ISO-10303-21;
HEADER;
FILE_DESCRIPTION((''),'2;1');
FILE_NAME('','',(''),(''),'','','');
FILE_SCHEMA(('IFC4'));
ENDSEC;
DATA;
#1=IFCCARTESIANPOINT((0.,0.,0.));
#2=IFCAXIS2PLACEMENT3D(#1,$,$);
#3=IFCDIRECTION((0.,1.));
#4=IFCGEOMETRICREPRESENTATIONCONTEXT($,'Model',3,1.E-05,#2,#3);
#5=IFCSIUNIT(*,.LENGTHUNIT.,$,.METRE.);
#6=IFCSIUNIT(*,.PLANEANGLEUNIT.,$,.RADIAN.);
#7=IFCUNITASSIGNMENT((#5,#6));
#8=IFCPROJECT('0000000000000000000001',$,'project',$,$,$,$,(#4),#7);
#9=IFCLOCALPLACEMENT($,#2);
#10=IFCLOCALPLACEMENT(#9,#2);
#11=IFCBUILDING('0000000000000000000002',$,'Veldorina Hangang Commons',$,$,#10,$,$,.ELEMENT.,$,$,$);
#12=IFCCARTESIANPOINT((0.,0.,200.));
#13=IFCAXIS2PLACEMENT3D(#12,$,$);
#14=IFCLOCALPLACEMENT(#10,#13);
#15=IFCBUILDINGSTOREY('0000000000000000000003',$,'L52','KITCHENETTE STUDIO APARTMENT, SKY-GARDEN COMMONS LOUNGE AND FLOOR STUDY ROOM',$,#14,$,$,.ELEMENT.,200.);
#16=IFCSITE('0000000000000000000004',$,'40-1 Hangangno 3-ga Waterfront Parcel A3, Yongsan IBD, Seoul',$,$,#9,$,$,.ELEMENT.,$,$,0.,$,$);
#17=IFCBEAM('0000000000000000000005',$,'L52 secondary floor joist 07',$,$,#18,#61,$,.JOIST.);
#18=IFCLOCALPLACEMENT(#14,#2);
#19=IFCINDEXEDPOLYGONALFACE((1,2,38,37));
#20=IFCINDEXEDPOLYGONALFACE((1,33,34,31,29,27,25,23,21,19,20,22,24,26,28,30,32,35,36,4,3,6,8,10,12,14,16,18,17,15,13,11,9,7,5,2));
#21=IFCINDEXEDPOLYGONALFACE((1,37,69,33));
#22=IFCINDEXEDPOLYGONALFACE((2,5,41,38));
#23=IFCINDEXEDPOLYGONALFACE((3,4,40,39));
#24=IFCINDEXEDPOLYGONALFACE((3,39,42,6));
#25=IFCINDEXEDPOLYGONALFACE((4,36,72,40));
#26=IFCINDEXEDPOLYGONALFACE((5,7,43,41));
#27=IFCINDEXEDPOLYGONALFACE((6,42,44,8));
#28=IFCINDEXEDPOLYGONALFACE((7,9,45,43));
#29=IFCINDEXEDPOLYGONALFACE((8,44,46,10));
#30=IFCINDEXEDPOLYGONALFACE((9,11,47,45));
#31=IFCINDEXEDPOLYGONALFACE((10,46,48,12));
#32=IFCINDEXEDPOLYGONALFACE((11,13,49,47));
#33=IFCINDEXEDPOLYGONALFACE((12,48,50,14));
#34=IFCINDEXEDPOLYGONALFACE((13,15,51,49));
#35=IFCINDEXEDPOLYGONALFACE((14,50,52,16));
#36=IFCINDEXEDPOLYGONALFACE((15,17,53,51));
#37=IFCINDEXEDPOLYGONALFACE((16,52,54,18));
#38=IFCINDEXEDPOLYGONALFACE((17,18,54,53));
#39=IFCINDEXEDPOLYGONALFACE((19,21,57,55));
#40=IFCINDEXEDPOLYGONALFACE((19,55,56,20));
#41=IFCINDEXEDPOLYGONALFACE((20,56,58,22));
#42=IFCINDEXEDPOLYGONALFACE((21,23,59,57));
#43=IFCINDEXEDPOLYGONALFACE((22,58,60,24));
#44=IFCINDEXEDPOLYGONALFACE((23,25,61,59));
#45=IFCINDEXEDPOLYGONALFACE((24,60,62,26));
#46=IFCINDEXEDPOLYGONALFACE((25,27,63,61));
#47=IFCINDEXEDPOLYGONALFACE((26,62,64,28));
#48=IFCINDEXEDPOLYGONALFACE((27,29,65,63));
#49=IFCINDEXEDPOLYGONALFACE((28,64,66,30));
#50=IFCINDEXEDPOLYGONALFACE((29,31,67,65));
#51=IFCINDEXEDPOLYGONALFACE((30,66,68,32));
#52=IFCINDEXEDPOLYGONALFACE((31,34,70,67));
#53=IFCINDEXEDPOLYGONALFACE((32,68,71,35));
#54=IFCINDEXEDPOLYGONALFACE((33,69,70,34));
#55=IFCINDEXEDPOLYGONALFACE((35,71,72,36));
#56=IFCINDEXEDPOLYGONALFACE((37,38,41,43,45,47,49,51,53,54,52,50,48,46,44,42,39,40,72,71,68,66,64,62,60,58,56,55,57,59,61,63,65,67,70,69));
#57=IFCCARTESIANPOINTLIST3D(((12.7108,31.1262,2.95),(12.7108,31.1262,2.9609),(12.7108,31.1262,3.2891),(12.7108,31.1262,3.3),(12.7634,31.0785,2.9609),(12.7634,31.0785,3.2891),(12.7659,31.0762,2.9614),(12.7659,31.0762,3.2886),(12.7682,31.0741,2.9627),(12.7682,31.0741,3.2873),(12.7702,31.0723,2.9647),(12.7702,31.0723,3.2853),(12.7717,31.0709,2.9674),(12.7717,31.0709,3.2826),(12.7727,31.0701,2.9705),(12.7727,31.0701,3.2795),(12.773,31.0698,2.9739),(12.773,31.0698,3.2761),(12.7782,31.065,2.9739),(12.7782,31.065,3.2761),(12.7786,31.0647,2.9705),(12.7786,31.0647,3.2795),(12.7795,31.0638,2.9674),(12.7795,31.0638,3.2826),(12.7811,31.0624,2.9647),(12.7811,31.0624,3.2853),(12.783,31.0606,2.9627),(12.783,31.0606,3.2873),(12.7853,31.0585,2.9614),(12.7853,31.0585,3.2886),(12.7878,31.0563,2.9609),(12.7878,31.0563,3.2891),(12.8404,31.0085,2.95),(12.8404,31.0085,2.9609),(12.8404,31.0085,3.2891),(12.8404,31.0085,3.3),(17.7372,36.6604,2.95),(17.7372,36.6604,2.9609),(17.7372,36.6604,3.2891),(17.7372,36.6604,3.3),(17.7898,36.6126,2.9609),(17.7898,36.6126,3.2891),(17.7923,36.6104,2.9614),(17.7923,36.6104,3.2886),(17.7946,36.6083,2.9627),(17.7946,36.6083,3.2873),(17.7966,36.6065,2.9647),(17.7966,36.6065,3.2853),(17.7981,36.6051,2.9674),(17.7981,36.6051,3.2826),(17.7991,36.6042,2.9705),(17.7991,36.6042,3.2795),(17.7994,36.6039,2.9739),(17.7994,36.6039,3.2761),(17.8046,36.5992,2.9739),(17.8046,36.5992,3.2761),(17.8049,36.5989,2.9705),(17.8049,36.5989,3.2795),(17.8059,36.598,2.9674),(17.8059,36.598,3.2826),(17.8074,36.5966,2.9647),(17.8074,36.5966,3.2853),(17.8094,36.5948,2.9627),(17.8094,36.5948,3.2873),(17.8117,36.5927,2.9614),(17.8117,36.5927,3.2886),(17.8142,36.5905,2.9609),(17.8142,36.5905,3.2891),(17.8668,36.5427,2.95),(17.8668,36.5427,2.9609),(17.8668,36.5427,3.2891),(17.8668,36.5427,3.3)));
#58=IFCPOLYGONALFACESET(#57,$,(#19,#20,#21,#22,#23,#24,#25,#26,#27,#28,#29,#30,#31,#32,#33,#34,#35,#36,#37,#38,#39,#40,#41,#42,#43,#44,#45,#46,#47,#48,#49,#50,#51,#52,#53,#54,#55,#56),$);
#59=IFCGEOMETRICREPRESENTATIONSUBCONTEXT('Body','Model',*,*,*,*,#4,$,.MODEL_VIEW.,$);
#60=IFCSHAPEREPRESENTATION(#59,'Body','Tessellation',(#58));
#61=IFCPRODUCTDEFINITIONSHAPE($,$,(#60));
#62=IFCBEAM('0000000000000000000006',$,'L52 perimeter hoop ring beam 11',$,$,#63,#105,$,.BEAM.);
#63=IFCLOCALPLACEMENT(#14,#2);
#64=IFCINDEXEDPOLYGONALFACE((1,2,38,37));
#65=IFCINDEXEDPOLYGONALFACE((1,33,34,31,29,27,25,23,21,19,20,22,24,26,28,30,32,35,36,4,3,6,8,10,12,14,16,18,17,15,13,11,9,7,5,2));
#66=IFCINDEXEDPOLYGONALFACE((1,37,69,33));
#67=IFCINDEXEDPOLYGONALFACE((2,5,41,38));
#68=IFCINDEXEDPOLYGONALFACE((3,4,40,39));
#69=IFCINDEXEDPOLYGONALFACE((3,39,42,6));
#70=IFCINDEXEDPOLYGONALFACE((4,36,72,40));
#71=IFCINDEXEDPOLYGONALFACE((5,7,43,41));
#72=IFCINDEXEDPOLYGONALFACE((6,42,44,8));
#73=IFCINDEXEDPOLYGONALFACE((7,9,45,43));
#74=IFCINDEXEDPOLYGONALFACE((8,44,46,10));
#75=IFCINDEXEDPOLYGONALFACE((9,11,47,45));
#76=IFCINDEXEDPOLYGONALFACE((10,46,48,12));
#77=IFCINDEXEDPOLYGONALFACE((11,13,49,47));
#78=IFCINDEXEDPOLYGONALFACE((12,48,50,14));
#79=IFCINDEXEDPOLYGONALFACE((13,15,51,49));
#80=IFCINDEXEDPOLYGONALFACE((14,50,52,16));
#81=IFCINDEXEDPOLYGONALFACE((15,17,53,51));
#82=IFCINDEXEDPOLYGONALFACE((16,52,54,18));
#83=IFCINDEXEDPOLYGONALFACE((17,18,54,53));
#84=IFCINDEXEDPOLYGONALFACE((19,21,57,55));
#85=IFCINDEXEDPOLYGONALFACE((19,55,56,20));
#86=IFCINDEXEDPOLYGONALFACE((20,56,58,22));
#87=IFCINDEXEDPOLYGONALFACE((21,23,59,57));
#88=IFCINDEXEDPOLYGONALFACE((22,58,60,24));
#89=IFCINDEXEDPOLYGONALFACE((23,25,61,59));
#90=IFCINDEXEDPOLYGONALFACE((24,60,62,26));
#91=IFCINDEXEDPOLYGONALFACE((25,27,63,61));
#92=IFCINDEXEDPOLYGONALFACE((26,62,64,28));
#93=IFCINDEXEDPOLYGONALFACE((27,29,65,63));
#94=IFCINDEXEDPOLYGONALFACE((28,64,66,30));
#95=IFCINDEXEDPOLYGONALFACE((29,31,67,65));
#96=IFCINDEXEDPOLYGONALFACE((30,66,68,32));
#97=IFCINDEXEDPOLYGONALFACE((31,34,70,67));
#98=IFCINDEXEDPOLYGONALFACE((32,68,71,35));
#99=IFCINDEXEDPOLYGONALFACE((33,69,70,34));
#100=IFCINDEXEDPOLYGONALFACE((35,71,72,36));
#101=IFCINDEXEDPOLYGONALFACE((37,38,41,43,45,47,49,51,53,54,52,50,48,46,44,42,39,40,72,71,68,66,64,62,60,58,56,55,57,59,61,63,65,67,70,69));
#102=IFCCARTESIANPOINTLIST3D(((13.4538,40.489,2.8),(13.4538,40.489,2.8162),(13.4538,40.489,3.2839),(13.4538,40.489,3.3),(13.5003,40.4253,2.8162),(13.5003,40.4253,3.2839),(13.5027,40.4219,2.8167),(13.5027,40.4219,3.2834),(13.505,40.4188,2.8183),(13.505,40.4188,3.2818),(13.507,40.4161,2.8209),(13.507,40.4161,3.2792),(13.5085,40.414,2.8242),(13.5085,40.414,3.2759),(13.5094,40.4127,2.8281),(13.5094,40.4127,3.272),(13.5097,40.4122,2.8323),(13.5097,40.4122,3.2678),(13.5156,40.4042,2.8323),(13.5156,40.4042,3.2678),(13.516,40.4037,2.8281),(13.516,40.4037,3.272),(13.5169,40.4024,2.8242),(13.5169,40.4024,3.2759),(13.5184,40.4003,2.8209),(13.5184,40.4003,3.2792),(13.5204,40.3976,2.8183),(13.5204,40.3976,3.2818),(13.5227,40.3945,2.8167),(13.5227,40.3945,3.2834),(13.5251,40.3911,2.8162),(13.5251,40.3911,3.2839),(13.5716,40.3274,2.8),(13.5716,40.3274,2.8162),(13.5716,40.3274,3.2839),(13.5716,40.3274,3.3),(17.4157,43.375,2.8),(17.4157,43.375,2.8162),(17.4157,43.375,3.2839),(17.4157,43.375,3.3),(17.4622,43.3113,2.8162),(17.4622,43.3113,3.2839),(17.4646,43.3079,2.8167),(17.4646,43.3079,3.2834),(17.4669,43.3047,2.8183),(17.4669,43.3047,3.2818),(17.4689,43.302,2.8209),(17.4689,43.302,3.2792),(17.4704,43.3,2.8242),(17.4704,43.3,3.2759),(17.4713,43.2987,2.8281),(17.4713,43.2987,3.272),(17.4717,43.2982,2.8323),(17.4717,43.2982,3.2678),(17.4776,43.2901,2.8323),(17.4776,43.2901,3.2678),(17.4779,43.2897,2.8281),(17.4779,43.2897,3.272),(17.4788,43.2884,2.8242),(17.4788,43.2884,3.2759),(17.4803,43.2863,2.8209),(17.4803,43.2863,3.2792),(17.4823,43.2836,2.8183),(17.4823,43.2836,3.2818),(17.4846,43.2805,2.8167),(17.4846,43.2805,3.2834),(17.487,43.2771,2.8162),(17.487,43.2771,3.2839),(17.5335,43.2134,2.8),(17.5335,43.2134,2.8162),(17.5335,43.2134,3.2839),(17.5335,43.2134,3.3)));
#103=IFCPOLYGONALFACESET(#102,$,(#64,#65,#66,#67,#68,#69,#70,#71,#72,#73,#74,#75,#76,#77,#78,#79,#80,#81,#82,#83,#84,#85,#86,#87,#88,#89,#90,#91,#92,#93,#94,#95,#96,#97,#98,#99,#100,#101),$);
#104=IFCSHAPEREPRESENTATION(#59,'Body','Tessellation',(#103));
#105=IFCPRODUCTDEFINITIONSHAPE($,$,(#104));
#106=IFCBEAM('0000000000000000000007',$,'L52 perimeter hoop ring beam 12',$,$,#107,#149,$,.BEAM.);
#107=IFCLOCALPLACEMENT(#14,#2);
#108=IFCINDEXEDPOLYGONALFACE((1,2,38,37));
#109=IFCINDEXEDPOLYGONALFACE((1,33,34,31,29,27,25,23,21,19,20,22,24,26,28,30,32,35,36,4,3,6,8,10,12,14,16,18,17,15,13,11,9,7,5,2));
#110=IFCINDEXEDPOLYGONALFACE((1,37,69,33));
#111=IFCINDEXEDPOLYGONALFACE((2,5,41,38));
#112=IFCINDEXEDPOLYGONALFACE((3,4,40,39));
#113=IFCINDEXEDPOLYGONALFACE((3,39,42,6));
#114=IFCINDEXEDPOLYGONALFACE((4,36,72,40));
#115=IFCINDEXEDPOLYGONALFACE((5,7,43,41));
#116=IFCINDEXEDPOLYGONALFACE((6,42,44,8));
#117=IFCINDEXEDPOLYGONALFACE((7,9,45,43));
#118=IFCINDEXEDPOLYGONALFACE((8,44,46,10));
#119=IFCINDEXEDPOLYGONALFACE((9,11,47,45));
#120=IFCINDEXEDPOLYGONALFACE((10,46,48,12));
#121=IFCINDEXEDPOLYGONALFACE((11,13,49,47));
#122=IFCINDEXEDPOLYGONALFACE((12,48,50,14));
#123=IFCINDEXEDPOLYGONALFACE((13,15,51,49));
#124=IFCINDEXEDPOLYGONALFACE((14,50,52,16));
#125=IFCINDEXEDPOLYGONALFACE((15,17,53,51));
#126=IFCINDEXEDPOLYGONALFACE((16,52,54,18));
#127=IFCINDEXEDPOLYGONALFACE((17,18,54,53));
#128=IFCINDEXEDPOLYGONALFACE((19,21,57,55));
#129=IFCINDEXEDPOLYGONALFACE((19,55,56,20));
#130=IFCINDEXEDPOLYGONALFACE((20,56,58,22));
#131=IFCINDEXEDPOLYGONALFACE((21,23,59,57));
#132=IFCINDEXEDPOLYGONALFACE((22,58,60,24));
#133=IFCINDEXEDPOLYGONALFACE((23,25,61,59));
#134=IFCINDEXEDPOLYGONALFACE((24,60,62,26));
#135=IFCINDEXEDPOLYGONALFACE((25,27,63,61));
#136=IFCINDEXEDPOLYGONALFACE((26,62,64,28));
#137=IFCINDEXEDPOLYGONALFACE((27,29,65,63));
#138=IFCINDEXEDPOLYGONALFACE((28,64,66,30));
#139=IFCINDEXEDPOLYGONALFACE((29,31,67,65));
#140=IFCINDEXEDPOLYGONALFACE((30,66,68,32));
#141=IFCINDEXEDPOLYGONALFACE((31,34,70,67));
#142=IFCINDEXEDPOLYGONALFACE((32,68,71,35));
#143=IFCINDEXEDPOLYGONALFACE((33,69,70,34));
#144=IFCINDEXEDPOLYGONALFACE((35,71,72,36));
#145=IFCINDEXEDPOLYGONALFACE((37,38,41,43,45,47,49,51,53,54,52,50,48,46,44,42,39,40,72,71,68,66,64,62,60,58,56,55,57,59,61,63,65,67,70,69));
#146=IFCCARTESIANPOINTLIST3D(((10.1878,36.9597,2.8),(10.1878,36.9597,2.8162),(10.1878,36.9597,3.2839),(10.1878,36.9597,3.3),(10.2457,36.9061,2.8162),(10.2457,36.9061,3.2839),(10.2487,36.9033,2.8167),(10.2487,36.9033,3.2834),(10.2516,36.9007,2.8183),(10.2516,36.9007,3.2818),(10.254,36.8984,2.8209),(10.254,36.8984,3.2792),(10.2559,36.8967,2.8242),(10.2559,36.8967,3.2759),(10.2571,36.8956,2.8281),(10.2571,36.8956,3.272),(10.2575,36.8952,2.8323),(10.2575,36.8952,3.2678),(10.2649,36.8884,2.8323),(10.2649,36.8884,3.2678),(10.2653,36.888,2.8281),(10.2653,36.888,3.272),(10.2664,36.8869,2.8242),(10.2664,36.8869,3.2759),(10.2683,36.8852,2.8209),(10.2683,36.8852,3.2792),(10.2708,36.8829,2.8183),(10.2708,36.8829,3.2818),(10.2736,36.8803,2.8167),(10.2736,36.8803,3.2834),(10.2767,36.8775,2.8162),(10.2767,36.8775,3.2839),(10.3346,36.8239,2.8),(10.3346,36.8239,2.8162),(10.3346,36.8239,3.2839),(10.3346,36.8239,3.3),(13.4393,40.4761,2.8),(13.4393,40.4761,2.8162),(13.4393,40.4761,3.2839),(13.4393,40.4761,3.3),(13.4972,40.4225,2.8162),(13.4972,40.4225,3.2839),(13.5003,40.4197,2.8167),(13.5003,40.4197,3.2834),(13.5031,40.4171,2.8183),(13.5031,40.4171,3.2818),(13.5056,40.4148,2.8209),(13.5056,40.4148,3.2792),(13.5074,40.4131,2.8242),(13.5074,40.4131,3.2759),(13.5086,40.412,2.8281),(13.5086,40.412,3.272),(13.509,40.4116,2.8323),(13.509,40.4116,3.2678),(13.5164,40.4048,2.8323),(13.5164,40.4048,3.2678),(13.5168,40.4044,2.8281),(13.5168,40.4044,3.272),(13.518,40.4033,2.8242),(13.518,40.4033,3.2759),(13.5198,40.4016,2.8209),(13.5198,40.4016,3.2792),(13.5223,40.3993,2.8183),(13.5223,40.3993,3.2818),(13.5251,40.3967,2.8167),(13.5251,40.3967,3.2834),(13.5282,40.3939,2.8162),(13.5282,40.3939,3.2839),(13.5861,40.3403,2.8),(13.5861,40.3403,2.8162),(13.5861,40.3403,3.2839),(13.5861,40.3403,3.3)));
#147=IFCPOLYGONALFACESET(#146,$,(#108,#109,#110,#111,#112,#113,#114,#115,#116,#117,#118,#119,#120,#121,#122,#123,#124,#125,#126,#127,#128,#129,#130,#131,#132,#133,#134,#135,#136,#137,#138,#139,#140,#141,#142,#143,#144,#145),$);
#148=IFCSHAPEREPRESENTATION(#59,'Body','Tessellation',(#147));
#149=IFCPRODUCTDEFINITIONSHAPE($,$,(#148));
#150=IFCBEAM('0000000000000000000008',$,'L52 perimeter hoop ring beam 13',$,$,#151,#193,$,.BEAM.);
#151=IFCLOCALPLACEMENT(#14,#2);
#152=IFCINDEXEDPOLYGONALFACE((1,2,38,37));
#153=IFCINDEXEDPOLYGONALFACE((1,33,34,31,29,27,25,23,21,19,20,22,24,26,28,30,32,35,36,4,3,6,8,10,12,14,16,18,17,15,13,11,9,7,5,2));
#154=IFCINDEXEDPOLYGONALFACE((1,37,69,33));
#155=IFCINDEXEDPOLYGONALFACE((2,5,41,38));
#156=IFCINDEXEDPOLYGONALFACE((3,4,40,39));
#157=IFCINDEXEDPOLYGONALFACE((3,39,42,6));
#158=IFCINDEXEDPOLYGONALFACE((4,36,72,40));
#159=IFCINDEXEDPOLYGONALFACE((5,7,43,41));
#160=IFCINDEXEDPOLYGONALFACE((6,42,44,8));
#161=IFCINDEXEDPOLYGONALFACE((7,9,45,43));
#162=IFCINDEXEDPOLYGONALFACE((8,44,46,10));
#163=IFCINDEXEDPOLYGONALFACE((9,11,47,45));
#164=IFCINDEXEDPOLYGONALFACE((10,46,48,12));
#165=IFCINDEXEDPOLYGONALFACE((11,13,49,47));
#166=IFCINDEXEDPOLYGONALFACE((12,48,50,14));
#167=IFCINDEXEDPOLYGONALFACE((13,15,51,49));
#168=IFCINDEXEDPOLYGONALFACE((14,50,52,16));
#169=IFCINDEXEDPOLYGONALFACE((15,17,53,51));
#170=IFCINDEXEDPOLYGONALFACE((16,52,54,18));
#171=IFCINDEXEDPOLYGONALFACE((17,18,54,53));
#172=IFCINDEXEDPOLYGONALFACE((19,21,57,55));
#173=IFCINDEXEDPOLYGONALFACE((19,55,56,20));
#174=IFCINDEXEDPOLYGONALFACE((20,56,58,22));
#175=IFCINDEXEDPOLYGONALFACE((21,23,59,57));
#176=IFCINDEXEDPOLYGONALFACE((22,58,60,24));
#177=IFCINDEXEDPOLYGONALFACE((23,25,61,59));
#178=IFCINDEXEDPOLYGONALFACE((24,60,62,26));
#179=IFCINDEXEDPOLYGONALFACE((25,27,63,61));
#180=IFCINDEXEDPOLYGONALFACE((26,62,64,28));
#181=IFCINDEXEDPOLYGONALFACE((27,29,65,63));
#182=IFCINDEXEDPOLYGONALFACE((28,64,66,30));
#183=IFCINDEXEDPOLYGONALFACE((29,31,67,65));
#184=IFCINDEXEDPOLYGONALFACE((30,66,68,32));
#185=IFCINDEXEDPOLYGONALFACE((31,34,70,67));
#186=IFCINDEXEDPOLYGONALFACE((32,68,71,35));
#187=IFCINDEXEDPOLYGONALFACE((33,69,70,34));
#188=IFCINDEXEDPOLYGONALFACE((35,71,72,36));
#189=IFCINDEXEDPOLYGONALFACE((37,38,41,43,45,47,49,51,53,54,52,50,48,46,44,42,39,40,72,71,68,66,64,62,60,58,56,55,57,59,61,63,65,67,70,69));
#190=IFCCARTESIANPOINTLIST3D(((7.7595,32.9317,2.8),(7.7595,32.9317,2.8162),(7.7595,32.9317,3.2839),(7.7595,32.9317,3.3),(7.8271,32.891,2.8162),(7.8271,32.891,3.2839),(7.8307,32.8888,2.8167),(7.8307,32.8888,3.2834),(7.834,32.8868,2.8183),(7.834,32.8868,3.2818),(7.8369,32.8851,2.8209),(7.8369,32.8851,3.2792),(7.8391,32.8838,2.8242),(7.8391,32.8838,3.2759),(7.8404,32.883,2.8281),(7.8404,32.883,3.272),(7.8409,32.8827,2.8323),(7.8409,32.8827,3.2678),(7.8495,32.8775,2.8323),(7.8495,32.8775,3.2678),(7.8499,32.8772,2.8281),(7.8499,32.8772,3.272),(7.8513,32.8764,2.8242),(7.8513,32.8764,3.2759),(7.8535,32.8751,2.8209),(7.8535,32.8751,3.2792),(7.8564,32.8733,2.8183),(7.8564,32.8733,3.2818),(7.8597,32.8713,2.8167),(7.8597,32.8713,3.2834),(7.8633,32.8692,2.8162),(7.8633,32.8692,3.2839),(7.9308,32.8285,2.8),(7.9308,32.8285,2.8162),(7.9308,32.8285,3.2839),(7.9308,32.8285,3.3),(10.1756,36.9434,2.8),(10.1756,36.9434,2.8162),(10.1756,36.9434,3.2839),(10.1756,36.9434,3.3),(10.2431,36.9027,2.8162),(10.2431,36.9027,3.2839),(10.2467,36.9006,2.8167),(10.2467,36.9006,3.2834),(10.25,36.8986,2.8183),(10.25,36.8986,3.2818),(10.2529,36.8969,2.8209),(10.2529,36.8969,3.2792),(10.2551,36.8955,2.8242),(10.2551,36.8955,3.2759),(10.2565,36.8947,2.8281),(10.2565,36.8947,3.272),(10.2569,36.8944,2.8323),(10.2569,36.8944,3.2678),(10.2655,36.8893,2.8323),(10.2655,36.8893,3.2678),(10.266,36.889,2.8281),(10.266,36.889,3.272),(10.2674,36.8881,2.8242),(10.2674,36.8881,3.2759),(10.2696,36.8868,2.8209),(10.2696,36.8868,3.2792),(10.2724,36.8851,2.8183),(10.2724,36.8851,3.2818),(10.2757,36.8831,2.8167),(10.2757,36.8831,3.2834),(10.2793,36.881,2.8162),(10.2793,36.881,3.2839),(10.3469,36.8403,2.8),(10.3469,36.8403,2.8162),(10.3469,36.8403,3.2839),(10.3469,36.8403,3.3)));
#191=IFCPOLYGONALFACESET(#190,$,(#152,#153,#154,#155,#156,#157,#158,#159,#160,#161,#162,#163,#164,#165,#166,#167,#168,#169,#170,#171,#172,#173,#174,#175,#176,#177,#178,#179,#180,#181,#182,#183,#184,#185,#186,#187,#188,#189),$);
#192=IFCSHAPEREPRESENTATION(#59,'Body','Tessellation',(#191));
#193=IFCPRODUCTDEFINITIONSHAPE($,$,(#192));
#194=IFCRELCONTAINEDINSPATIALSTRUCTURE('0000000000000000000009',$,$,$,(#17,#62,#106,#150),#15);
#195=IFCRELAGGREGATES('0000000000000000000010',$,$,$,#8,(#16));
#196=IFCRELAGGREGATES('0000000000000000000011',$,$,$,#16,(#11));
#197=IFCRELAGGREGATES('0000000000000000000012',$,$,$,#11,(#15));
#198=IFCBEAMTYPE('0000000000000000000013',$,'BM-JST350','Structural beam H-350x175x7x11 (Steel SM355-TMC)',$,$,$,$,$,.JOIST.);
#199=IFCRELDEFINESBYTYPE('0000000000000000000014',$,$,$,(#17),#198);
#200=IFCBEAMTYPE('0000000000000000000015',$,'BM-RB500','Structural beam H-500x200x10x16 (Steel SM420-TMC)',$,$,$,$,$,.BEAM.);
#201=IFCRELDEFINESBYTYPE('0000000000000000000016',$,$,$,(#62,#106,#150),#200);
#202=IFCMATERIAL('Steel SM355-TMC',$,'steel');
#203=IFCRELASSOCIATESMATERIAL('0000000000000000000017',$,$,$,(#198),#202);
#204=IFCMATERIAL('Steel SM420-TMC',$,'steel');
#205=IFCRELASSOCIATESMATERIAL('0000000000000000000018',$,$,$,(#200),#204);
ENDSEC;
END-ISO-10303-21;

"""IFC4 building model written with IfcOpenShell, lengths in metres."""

from ifc_helpers import new_model, si_unit, direction, frame, origin, origin_2d, place, context, subcontext, project, spatial, i_section, extrude, material, material_profile, profile_set, type_object, element, save


model = new_model("IFC4")

# Units and contexts
model_context = context("Model", 3, precision=1e-05, world=origin(), true_north=direction((0.0, 1.0)))
body_context = subcontext(model_context, "Body", "Model", "MODEL_VIEW")
ifc_project = project(units=[si_unit("LENGTHUNIT", "METRE"), si_unit("PLANEANGLEUNIT", "RADIAN")], contexts=[model_context])

# Site, building, storey
site_placement = place(None, origin())
site = spatial("IfcSite", under=ifc_project, at=site_placement, Name="40-1 Hangangno 3-ga Waterfront Parcel A3, Yongsan IBD, Seoul", CompositionType="ELEMENT", RefElevation=0.0)
building_placement = place(site_placement, origin())
building = spatial("IfcBuilding", under=site, at=building_placement, Name="Veldorina Hangang Commons", CompositionType="ELEMENT")
storey_placement = place(building_placement, frame((0.0, 0.0, 200.0)))
storey = spatial("IfcBuildingStorey", under=building, at=storey_placement, Name="L52", Description="KITCHENETTE STUDIO APARTMENT, SKY-GARDEN COMMONS LOUNGE AND FLOOR STUDY ROOM", CompositionType="ELEMENT", Elevation=200.0)

# Beams
ifc_material_1 = material(Name="Steel SM355-TMC", Category="steel")
ifc_material_profile_1 = material_profile(ifc_material_1, i_section(OverallWidth=0.175, OverallDepth=0.3501, WebThickness=0.0071, FlangeThickness=0.011, FilletRadius=0.0129, at=origin_2d()), Name="H-350x175x7x11")
ifc_profile_set_1 = profile_set([ifc_material_profile_1], Name="Steel SM355-TMC")
beam_type_1 = type_object("IfcBeamType", Name="BM-JST350", Description="Structural beam H-350x175x7x11 (Steel SM355-TMC)", PredefinedType="JOIST", material=ifc_profile_set_1)
beam_1_placement = place(storey_placement, frame((17.802, 36.6016, 3.125), z_axis=(-0.672328, -0.740253, 0.0), x_axis=(0.740253, -0.672328, 0.0)))
element("IfcBeam", 1, at=beam_1_placement, inside=storey, type_object=beam_type_1, Name="L52 secondary floor joist 07", PredefinedType="JOIST", context=body_context, shape_type="SweptSolid", body=[
    extrude(i_section(OverallWidth=0.175, OverallDepth=0.3501, WebThickness=0.0071, FlangeThickness=0.011, FilletRadius=0.0129, at=origin_2d()), origin(), (0.0, 0.0, 1.0), 7.4761),
])
ifc_material_2 = material(Name="Steel SM420-TMC", Category="steel")
ifc_material_profile_2 = material_profile(ifc_material_2, i_section(OverallWidth=0.2, OverallDepth=0.5, WebThickness=0.01, FlangeThickness=0.0161, FilletRadius=0.0161, at=origin_2d()), Name="H-500x200x10x16")
ifc_profile_set_2 = profile_set([ifc_material_profile_2], Name="Steel SM420-TMC")
beam_type_2 = type_object("IfcBeamType", Name="BM-RB500", Description="Structural beam H-500x200x10x16 (Steel SM420-TMC)", PredefinedType="BEAM", material=ifc_profile_set_2)
beam_2_placement = place(storey_placement, frame((17.4746, 43.2942, 3.05), z_axis=(-0.80829, -0.588785, 0.0), x_axis=(0.588785, -0.80829, 0.0)))
element("IfcBeam", 2, at=beam_2_placement, inside=storey, type_object=beam_type_2, Name="L52 perimeter hoop ring beam 11", PredefinedType="BEAM", context=body_context, shape_type="SweptSolid", body=[
    extrude(i_section(OverallWidth=0.2, OverallDepth=0.5, WebThickness=0.01, FlangeThickness=0.0161, FilletRadius=0.0161, at=origin_2d()), origin(), (0.0, 0.0, 1.0), 4.9016),
])
beam_3_placement = place(storey_placement, frame((13.5127, 40.4082, 3.05), z_axis=(-0.678911, -0.734221, 0.0), x_axis=(0.734221, -0.678911, 0.0)))
element("IfcBeam", 3, at=beam_3_placement, inside=storey, type_object=beam_type_2, Name="L52 perimeter hoop ring beam 12", PredefinedType="BEAM", context=body_context, shape_type="SweptSolid", body=[
    extrude(i_section(OverallWidth=0.2, OverallDepth=0.5, WebThickness=0.01, FlangeThickness=0.0161, FilletRadius=0.0161, at=origin_2d()), origin(), (0.0, 0.0, 1.0), 4.7893),
])
beam_4_placement = place(storey_placement, frame((10.2612, 36.8918, 3.05), z_axis=(-0.515906, -0.856645, 0.0), x_axis=(0.856645, -0.515906, 0.0)))
element("IfcBeam", 4, at=beam_4_placement, inside=storey, type_object=beam_type_2, Name="L52 perimeter hoop ring beam 13", PredefinedType="BEAM", context=body_context, shape_type="SweptSolid", body=[
    extrude(i_section(OverallWidth=0.2, OverallDepth=0.5, WebThickness=0.01, FlangeThickness=0.0161, FilletRadius=0.0161, at=origin_2d()), origin(), (0.0, 0.0, 1.0), 4.6831),
])

save(model, "model.ifc")
